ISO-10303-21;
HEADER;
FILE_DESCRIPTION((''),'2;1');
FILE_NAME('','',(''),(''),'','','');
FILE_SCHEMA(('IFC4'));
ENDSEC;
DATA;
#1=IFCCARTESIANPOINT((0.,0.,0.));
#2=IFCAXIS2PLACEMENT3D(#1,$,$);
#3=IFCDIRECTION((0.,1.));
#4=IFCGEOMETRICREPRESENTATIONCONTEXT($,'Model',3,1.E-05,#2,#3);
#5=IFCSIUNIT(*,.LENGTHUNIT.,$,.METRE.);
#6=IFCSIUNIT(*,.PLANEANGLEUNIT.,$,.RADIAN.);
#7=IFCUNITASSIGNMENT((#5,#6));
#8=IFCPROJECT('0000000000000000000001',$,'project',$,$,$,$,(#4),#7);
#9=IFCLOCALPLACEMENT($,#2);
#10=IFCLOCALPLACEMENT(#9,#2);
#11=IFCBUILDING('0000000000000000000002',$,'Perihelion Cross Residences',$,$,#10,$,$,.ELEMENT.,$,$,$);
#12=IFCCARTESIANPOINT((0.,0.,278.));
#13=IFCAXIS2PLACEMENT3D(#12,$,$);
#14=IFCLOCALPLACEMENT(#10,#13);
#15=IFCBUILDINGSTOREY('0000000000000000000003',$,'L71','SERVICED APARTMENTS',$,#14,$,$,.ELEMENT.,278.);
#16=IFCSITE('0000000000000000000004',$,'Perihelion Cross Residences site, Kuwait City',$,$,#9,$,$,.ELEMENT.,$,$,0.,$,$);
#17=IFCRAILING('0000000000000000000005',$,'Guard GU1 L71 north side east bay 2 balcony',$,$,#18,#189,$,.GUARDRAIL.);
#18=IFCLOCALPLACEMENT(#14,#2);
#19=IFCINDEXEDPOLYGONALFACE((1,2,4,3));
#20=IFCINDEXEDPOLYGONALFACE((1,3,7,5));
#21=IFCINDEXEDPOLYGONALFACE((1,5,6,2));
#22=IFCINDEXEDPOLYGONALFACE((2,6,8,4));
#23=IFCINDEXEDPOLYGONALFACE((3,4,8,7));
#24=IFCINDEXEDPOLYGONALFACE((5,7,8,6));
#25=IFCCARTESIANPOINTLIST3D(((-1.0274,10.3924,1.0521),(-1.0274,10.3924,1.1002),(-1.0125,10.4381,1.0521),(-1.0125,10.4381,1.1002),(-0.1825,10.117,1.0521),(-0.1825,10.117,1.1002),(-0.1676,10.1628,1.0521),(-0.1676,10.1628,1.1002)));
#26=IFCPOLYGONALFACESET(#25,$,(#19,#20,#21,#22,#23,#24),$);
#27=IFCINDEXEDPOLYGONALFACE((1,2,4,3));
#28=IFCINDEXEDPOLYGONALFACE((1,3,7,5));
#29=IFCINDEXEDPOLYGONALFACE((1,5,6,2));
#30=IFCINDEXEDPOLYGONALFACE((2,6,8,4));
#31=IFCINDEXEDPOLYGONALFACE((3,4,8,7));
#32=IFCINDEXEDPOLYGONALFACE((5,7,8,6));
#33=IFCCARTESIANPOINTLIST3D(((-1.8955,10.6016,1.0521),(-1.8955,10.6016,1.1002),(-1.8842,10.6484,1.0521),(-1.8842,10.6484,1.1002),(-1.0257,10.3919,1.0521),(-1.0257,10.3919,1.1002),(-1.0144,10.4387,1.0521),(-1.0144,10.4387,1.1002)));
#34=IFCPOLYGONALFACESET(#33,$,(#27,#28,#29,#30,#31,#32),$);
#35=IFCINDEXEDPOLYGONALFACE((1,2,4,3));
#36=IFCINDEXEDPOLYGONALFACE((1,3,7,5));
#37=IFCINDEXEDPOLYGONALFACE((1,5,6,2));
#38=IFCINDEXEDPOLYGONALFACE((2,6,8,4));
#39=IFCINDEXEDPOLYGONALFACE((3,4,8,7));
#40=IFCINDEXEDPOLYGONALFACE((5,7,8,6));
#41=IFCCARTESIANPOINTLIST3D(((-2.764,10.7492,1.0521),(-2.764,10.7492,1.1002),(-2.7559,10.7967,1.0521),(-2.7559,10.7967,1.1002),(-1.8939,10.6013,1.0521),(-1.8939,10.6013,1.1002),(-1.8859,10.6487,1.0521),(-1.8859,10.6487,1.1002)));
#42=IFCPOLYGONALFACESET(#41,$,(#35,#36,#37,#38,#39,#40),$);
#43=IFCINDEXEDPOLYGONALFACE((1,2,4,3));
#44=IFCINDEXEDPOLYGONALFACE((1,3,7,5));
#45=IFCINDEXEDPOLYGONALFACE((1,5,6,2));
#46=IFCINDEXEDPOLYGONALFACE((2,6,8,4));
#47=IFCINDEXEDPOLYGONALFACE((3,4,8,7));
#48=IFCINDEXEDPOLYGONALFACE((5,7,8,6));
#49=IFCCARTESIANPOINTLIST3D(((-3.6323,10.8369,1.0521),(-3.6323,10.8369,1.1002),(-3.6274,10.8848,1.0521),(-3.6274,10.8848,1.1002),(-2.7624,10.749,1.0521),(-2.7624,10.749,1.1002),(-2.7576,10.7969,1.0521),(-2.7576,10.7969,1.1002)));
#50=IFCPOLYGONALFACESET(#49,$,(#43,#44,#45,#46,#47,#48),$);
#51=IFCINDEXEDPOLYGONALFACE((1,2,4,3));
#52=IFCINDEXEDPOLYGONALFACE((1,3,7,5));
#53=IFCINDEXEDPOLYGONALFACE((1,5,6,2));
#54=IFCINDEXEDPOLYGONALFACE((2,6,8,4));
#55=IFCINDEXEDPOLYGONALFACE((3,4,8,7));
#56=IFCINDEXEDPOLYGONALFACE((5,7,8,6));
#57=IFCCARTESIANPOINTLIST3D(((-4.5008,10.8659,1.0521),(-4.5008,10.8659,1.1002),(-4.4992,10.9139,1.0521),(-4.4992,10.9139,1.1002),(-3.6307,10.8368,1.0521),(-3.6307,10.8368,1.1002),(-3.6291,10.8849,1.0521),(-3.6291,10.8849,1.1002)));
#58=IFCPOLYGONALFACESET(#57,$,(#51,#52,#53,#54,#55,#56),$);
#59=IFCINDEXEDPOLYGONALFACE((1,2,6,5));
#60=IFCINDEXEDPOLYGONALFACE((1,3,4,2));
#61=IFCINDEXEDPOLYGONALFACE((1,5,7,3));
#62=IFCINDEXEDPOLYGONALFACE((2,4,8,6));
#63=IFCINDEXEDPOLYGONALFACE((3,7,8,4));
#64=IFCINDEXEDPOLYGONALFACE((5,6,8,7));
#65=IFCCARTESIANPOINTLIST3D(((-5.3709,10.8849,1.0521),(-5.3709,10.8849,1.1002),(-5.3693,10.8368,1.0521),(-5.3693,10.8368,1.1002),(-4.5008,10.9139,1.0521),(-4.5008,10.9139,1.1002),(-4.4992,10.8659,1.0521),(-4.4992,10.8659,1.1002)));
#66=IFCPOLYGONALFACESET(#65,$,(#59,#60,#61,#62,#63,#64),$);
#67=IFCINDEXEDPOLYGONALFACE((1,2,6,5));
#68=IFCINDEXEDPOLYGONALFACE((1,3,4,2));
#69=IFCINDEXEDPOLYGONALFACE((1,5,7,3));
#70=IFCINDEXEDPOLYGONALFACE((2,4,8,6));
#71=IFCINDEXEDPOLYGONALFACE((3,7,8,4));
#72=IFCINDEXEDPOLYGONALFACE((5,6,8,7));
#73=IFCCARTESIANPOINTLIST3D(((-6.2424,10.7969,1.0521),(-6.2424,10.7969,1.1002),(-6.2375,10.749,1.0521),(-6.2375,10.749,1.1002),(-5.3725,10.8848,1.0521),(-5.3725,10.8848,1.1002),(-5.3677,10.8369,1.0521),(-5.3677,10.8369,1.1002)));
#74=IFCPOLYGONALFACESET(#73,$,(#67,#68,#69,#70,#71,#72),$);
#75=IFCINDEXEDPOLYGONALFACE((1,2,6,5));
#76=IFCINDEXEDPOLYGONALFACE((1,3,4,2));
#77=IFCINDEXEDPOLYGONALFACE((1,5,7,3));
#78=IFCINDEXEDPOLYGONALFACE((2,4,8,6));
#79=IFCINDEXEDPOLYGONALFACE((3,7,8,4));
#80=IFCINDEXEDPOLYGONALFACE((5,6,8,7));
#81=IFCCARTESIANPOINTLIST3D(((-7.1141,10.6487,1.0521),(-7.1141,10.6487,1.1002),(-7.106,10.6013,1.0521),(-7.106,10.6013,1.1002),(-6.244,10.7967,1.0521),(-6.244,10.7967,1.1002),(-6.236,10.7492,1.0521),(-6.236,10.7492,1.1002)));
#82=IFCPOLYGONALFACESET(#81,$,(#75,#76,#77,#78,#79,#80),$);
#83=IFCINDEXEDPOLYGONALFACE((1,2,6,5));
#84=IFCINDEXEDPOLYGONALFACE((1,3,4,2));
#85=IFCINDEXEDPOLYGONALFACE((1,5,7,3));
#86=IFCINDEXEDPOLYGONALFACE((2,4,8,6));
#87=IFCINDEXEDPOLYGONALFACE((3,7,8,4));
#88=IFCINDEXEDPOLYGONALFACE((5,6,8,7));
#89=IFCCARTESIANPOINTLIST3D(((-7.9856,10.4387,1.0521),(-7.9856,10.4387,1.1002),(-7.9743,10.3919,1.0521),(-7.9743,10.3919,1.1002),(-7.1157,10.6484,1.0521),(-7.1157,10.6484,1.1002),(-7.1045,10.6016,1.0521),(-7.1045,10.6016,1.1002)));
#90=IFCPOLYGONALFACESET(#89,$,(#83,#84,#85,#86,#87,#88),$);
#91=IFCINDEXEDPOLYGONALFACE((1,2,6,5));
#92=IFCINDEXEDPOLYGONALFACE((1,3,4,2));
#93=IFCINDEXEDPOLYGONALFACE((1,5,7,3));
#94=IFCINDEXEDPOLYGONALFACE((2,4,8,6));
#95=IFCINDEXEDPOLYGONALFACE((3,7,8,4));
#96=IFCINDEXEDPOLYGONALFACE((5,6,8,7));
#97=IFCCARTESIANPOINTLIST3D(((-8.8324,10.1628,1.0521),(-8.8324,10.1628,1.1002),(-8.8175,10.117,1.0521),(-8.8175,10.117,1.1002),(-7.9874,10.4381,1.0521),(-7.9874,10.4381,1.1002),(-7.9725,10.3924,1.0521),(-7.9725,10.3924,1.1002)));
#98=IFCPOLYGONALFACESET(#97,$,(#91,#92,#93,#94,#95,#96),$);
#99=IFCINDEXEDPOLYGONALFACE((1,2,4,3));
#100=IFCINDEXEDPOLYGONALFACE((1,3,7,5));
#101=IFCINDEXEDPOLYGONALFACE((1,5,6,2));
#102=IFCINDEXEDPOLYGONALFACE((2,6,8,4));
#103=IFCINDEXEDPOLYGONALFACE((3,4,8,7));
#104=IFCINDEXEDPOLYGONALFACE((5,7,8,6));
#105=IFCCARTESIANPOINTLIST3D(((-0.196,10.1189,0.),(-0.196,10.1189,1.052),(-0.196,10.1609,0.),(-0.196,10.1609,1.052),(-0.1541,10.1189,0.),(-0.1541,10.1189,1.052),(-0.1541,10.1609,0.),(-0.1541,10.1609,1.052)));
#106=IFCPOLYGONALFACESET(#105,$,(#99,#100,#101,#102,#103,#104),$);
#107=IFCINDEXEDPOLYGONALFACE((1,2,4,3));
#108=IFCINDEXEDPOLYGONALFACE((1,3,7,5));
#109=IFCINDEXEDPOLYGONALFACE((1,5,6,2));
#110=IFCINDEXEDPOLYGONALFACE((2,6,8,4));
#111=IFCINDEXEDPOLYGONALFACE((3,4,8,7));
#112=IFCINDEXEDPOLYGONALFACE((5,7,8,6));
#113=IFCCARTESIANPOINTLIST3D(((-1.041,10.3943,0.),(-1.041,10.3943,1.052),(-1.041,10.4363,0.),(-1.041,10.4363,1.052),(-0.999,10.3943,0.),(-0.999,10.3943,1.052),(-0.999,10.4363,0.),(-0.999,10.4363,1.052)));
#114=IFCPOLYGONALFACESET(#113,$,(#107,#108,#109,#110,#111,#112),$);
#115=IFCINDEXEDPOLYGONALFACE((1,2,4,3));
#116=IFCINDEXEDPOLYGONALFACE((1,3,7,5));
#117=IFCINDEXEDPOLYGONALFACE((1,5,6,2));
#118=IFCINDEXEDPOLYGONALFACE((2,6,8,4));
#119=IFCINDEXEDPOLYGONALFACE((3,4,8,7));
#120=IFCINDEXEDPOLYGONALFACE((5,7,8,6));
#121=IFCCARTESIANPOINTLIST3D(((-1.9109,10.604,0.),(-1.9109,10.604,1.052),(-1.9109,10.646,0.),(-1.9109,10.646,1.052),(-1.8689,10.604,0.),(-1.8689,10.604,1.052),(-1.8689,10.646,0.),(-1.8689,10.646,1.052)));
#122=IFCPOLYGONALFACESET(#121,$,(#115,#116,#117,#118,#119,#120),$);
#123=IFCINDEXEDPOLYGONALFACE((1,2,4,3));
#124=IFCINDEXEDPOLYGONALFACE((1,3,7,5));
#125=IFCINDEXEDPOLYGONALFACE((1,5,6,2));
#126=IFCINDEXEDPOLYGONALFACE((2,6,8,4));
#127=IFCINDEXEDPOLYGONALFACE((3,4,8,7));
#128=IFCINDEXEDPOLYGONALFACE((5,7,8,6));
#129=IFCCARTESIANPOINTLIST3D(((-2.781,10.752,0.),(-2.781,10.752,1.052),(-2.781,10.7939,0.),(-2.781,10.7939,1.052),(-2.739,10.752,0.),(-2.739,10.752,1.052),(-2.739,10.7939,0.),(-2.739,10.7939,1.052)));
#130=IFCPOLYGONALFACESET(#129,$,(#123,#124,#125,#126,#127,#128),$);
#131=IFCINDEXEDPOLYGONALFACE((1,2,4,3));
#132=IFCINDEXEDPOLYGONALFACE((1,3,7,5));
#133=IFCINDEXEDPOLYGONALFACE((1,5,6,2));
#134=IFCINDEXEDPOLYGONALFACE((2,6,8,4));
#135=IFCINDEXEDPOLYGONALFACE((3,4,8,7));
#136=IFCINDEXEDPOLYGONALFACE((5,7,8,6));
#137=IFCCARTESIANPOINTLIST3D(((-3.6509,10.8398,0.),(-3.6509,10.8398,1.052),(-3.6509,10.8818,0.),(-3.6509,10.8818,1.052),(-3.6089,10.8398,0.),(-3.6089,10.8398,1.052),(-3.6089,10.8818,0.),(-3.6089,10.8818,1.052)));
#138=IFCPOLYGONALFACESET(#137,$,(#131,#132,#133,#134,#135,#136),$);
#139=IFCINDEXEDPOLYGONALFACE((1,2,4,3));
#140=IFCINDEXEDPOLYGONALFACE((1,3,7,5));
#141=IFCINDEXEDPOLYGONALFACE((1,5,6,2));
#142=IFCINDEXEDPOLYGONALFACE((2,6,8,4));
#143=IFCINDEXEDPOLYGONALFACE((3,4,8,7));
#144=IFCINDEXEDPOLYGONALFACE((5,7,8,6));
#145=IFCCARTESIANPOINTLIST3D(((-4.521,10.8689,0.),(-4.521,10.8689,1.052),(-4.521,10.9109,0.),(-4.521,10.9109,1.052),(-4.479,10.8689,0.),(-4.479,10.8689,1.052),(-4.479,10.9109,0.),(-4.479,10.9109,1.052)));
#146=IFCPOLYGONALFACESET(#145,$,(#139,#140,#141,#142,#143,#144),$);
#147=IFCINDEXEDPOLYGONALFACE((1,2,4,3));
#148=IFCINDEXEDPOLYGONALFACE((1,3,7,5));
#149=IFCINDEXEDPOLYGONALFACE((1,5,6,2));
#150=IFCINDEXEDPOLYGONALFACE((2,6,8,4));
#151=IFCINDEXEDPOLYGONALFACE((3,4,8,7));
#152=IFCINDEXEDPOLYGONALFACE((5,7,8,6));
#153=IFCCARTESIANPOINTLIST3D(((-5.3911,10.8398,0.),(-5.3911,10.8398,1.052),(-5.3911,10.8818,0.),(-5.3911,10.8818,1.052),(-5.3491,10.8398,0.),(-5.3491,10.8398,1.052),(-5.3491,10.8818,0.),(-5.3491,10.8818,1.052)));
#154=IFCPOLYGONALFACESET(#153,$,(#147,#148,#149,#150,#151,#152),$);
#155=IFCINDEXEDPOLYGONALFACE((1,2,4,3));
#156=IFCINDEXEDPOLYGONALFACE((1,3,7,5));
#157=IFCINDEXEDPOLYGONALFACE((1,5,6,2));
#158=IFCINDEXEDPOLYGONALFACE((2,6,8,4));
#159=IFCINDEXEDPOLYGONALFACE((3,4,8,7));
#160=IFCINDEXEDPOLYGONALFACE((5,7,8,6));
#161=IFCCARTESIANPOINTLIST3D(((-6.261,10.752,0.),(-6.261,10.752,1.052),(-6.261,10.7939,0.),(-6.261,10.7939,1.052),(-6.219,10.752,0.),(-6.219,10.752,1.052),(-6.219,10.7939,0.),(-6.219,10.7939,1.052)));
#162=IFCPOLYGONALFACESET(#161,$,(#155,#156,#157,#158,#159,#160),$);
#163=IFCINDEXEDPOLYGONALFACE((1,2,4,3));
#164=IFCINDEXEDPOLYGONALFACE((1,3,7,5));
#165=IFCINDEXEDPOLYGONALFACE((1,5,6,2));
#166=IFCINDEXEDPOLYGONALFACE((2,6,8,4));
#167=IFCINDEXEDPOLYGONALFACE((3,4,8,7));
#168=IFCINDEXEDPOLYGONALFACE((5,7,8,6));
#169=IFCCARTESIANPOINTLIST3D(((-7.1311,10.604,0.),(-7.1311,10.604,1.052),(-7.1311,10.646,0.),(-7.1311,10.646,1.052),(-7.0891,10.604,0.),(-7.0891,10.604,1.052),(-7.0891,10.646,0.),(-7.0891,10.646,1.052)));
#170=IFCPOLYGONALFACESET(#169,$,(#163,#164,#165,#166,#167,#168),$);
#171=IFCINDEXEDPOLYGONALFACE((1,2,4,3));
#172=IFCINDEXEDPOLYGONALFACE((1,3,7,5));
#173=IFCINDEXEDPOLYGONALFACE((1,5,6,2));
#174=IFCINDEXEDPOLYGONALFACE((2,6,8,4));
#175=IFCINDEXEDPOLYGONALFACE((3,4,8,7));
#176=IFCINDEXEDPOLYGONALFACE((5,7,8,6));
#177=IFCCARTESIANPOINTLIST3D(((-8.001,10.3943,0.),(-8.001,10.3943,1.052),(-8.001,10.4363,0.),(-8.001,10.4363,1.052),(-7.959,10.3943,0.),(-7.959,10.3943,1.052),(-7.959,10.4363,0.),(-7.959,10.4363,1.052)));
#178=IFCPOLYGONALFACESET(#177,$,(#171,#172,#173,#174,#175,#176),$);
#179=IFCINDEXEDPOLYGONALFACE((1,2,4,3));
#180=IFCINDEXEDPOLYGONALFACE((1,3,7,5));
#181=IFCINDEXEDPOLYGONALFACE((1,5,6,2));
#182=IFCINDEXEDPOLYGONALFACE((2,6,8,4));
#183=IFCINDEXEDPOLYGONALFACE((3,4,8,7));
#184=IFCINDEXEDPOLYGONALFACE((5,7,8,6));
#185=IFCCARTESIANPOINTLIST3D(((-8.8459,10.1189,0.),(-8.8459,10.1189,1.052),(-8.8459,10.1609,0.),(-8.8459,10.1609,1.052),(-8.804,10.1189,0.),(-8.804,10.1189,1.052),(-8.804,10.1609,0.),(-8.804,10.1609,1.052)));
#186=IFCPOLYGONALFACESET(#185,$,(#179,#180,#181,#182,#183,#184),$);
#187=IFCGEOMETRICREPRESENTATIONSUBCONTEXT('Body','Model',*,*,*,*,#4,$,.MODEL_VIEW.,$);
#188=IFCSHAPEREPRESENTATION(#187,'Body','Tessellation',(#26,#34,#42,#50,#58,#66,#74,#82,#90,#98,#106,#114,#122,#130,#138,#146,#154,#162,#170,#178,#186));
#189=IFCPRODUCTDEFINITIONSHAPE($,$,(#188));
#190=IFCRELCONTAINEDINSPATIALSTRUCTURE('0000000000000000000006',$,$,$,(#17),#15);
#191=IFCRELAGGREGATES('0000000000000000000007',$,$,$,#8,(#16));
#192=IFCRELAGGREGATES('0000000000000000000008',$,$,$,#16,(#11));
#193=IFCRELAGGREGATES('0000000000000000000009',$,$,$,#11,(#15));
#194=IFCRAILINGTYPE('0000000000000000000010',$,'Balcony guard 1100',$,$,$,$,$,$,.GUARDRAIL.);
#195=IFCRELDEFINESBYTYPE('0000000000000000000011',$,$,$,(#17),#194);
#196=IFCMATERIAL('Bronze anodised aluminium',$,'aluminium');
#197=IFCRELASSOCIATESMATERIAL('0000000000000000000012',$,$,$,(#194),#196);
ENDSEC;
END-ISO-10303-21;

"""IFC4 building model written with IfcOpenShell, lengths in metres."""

from ifc_helpers import new_model, si_unit, direction, frame, origin, origin_2d, place, context, subcontext, project, spatial, rectangle, extrude, material, type_object, element, save


model = new_model("IFC4")

# Units and contexts
model_context = context("Model", 3, precision=1e-05, world=origin(), true_north=direction((0.0, 1.0)))
body_context = subcontext(model_context, "Body", "Model", "MODEL_VIEW")
ifc_project = project(units=[si_unit("LENGTHUNIT", "METRE"), si_unit("PLANEANGLEUNIT", "RADIAN")], contexts=[model_context])

# Site, building, storey
site_placement = place(None, origin())
site = spatial("IfcSite", under=ifc_project, at=site_placement, Name="Perihelion Cross Residences site, Kuwait City", CompositionType="ELEMENT", RefElevation=0.0)
building_placement = place(site_placement, origin())
building = spatial("IfcBuilding", under=site, at=building_placement, Name="Perihelion Cross Residences", CompositionType="ELEMENT")
storey_placement = place(building_placement, frame((0.0, 0.0, 278.0)))
storey = spatial("IfcBuildingStorey", under=building, at=storey_placement, Name="L71", Description="SERVICED APARTMENTS", CompositionType="ELEMENT", Elevation=278.0)

# Railing
ifc_material_1 = material(Name="Bronze anodised aluminium", Category="aluminium")
railing_type = type_object("IfcRailingType", Name="Balcony guard 1100", PredefinedType="GUARDRAIL", material=ifc_material_1)
railing_1_placement = place(storey_placement, frame((-0.175, 10.1399, 0.0)))
element("IfcRailing", 1, at=railing_1_placement, inside=storey, type_object=railing_type, Name="Guard GU1 L71 north side east bay 2 balcony", PredefinedType="GUARDRAIL", context=body_context, shape_type="SweptSolid", body=[
    extrude(rectangle(XDim=0.0481, YDim=0.0481, at=origin_2d()), frame((0.0, 0.0, 1.0762), z_axis=(-0.950777, 0.309875, 0.0), x_axis=(-0.309875, -0.950777, 0.0)), (0.0, 0.0, 1.0), 0.8887),
    extrude(rectangle(XDim=0.0481, YDim=0.0481, at=origin_2d()), frame((-0.845, 0.2754, 1.0762), z_axis=(-0.972147, 0.234374, 0.0), x_axis=(-0.234374, -0.972147, 0.0)), (0.0, 0.0, 1.0), 0.8948),
    extrude(rectangle(XDim=0.0481, YDim=0.0481, at=origin_2d()), frame((-1.7148, 0.4851, 1.0762), z_axis=(-0.98585, 0.167628, 0.0), x_axis=(-0.167628, -0.98585, 0.0)), (0.0, 0.0, 1.0), 0.8826),
    extrude(rectangle(XDim=0.0481, YDim=0.0481, at=origin_2d()), frame((-2.585, 0.6331, 1.0762), z_axis=(-0.994934, 0.100527, 0.0), x_axis=(-0.100527, -0.994934, 0.0)), (0.0, 0.0, 1.0), 0.8743),
    extrude(rectangle(XDim=0.0481, YDim=0.0481, at=origin_2d()), frame((-3.4548, 0.7209, 1.0762), z_axis=(-0.999443, 0.033371, 0.0), x_axis=(-0.033371, -0.999443, 0.0)), (0.0, 0.0, 1.0), 0.8706),
    extrude(rectangle(XDim=0.0481, YDim=0.0481, at=origin_2d()), frame((-4.325, 0.75, 1.0762), z_axis=(-0.999443, -0.033371, 0.0), x_axis=(0.033371, -0.999443, 0.0)), (0.0, 0.0, 1.0), 0.8706),
    extrude(rectangle(XDim=0.0481, YDim=0.0481, at=origin_2d()), frame((-5.1951, 0.7209, 1.0762), z_axis=(-0.994934, -0.100527, 0.0), x_axis=(0.100527, -0.994934, 0.0)), (0.0, 0.0, 1.0), 0.8743),
    extrude(rectangle(XDim=0.0481, YDim=0.0481, at=origin_2d()), frame((-6.0649, 0.6331, 1.0762), z_axis=(-0.98585, -0.167628, 0.0), x_axis=(0.167628, -0.98585, 0.0)), (0.0, 0.0, 1.0), 0.8826),
    extrude(rectangle(XDim=0.0481, YDim=0.0481, at=origin_2d()), frame((-6.9351, 0.4851, 1.0762), z_axis=(-0.972147, -0.234374, 0.0), x_axis=(0.234374, -0.972147, 0.0)), (0.0, 0.0, 1.0), 0.8948),
    extrude(rectangle(XDim=0.0481, YDim=0.0481, at=origin_2d()), frame((-7.8049, 0.2754, 1.0762), z_axis=(-0.950777, -0.309875, 0.0), x_axis=(0.309875, -0.950777, 0.0)), (0.0, 0.0, 1.0), 0.8887),
    extrude(rectangle(XDim=0.042, YDim=0.042, at=origin_2d()), origin(), (0.0, 0.0, 1.0), 1.052),
    extrude(rectangle(XDim=0.042, YDim=0.042, at=origin_2d()), frame((-0.845, 0.2754, 0.0)), (0.0, 0.0, 1.0), 1.052),
    extrude(rectangle(XDim=0.042, YDim=0.042, at=origin_2d()), frame((-1.7148, 0.4851, 0.0)), (0.0, 0.0, 1.0), 1.052),
    extrude(rectangle(XDim=0.042, YDim=0.042, at=origin_2d()), frame((-2.585, 0.6331, 0.0)), (0.0, 0.0, 1.0), 1.052),
    extrude(rectangle(XDim=0.042, YDim=0.042, at=origin_2d()), frame((-3.4548, 0.7209, 0.0)), (0.0, 0.0, 1.0), 1.052),
    extrude(rectangle(XDim=0.042, YDim=0.042, at=origin_2d()), frame((-4.325, 0.75, 0.0)), (0.0, 0.0, 1.0), 1.052),
    extrude(rectangle(XDim=0.042, YDim=0.042, at=origin_2d()), frame((-5.1951, 0.7209, 0.0)), (0.0, 0.0, 1.0), 1.052),
    extrude(rectangle(XDim=0.042, YDim=0.042, at=origin_2d()), frame((-6.0649, 0.6331, 0.0)), (0.0, 0.0, 1.0), 1.052),
    extrude(rectangle(XDim=0.042, YDim=0.042, at=origin_2d()), frame((-6.9351, 0.4851, 0.0)), (0.0, 0.0, 1.0), 1.052),
    extrude(rectangle(XDim=0.042, YDim=0.042, at=origin_2d()), frame((-7.8049, 0.2754, 0.0)), (0.0, 0.0, 1.0), 1.052),
    extrude(rectangle(XDim=0.042, YDim=0.042, at=origin_2d()), frame((-8.6499, 0.0, 0.0)), (0.0, 0.0, 1.0), 1.052),
])

save(model, "model.ifc")
